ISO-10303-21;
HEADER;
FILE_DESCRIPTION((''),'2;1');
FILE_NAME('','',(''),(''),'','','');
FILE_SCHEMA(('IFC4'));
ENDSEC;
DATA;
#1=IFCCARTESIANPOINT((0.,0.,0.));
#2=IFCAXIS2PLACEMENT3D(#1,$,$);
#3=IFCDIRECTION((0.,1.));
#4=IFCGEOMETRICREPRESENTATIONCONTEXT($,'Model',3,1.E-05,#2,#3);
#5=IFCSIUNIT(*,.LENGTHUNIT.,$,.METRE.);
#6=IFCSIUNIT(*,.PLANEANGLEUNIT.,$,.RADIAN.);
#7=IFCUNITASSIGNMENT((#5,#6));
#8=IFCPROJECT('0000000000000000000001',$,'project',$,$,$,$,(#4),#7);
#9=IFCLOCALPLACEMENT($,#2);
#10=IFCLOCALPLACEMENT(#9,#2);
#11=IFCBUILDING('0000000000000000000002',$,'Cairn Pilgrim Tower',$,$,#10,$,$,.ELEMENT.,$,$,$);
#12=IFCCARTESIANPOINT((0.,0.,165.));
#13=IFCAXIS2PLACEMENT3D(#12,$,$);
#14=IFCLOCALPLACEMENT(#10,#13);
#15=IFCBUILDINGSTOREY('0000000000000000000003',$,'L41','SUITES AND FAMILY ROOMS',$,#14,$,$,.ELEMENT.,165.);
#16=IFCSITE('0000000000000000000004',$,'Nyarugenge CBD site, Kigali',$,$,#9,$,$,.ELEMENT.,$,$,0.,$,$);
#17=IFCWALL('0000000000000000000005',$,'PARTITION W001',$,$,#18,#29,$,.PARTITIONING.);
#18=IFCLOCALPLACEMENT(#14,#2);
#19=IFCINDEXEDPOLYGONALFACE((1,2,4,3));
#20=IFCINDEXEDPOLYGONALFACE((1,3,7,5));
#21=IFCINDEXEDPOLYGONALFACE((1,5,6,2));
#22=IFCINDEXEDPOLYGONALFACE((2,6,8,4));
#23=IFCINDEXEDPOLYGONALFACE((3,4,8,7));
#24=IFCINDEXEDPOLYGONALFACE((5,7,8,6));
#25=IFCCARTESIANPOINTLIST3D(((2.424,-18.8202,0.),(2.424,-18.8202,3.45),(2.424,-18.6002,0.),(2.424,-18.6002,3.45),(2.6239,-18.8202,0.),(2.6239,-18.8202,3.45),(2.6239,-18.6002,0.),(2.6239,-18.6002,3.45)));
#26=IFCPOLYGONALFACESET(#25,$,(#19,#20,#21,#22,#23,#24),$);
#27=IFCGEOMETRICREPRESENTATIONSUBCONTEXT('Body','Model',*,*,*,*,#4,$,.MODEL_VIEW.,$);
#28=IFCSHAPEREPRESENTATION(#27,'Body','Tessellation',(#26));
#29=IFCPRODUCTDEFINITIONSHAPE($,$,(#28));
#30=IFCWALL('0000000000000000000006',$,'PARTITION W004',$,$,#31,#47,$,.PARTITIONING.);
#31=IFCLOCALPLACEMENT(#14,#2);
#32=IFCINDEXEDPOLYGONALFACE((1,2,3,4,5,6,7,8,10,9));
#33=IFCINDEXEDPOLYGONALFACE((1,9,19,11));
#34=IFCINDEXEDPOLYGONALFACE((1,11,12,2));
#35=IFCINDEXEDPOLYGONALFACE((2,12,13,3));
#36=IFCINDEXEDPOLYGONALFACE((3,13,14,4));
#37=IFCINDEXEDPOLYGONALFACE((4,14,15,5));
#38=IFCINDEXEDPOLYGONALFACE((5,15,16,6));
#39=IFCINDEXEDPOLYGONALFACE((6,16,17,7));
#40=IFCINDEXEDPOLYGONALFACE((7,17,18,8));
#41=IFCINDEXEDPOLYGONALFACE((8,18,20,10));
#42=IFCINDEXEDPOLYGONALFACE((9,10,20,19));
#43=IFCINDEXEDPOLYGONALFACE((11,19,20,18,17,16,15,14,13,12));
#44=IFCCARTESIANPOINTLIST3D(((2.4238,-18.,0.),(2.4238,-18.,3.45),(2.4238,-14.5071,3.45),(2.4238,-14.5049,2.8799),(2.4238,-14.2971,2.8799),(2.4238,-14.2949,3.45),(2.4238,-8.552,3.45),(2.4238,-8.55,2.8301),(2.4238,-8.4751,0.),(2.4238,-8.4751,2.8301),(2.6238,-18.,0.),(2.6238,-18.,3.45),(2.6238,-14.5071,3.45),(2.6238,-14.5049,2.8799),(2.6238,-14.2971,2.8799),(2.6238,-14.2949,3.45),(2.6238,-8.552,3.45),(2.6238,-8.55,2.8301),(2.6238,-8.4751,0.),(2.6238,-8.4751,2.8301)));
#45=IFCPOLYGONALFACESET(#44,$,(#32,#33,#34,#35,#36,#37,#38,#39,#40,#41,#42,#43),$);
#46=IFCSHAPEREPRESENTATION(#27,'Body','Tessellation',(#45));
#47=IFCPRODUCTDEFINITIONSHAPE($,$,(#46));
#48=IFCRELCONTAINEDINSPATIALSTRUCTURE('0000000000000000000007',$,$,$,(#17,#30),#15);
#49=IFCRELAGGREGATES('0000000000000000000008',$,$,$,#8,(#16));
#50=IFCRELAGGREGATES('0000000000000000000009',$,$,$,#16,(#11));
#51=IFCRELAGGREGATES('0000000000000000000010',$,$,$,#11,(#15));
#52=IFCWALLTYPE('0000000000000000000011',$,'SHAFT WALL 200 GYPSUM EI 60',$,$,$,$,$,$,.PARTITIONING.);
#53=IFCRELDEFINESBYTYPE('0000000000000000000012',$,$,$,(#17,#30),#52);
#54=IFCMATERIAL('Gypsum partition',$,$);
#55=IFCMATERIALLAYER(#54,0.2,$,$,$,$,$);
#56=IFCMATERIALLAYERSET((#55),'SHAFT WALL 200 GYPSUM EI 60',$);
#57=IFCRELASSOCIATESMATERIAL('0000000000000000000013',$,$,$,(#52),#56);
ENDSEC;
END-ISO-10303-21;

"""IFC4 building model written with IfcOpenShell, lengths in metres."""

from ifc_helpers import new_model, si_unit, direction, frame, frame_2d, origin, place, context, subcontext, project, spatial, polyline, rectangle, outline, extrude, material, layer, layer_set, type_object, element, save


model = new_model("IFC4")

# Units and contexts
model_context = context("Model", 3, precision=1e-05, world=origin(), true_north=direction((0.0, 1.0)))
body_context = subcontext(model_context, "Body", "Model", "MODEL_VIEW")
ifc_project = project(units=[si_unit("LENGTHUNIT", "METRE"), si_unit("PLANEANGLEUNIT", "RADIAN")], contexts=[model_context])

# Site, building, storey
site_placement = place(None, origin())
site = spatial("IfcSite", under=ifc_project, at=site_placement, Name="Nyarugenge CBD site, Kigali", CompositionType="ELEMENT", RefElevation=0.0)
building_placement = place(site_placement, origin())
building = spatial("IfcBuilding", under=site, at=building_placement, Name="Cairn Pilgrim Tower", CompositionType="ELEMENT")
storey_placement = place(building_placement, frame((0.0, 0.0, 165.0)))
storey = spatial("IfcBuildingStorey", under=building, at=storey_placement, Name="L41", Description="SUITES AND FAMILY ROOMS", CompositionType="ELEMENT", Elevation=165.0)

# Shared definitions
ifc_material_1 = material(Name="Gypsum partition")

# Walls
ifc_layer_1 = layer(ifc_material_1, 0.2)
ifc_layer_set_1 = layer_set([ifc_layer_1], Name="SHAFT WALL 200 GYPSUM EI 60")
wall_type_1 = type_object("IfcWallType", Name="SHAFT WALL 200 GYPSUM EI 60", PredefinedType="PARTITIONING", material=ifc_layer_set_1)
wall_1_placement = place(storey_placement, frame((2.5239, -18.8201, 0.0), z_axis=(0.0, 0.0, 1.0), x_axis=(0.0, 1.0, 0.0)))
element("IfcWall", 1, at=wall_1_placement, inside=storey, type_object=wall_type_1, Name="PARTITION W001", PredefinedType="PARTITIONING", context=body_context, shape_type="SweptSolid", body=[
    extrude(rectangle(XDim=0.22, YDim=0.2, at=frame_2d((0.1099, 0.0))), origin(), (0.0, 0.0, 1.0), 3.45),
])
wall_2_placement = place(storey_placement, frame((2.5239, -18.0, 0.0), z_axis=(0.0, 0.0, 1.0), x_axis=(0.0, 1.0, 0.0)))
element("IfcWall", 2, at=wall_2_placement, inside=storey, type_object=wall_type_1, Name="PARTITION W004", PredefinedType="PARTITIONING", context=body_context, shape_type="SweptSolid", body=[
    extrude(outline(polyline([(0.0, 0.0), (9.5249, 0.0), (9.5249, 2.8301), (9.45, 2.8301), (9.448, 3.45), (3.7051, 3.45), (3.7029, 2.8799), (3.4951, 2.8799), (3.4929, 3.45), (0.0, 3.45), (0.0, 0.0)])), frame((0.0, 0.1001, 0.0), z_axis=(0.0, -1.0, 0.0), x_axis=(1.0, 0.0, 0.0)), (0.0, 0.0, 1.0), 0.2),
])

save(model, "model.ifc")
